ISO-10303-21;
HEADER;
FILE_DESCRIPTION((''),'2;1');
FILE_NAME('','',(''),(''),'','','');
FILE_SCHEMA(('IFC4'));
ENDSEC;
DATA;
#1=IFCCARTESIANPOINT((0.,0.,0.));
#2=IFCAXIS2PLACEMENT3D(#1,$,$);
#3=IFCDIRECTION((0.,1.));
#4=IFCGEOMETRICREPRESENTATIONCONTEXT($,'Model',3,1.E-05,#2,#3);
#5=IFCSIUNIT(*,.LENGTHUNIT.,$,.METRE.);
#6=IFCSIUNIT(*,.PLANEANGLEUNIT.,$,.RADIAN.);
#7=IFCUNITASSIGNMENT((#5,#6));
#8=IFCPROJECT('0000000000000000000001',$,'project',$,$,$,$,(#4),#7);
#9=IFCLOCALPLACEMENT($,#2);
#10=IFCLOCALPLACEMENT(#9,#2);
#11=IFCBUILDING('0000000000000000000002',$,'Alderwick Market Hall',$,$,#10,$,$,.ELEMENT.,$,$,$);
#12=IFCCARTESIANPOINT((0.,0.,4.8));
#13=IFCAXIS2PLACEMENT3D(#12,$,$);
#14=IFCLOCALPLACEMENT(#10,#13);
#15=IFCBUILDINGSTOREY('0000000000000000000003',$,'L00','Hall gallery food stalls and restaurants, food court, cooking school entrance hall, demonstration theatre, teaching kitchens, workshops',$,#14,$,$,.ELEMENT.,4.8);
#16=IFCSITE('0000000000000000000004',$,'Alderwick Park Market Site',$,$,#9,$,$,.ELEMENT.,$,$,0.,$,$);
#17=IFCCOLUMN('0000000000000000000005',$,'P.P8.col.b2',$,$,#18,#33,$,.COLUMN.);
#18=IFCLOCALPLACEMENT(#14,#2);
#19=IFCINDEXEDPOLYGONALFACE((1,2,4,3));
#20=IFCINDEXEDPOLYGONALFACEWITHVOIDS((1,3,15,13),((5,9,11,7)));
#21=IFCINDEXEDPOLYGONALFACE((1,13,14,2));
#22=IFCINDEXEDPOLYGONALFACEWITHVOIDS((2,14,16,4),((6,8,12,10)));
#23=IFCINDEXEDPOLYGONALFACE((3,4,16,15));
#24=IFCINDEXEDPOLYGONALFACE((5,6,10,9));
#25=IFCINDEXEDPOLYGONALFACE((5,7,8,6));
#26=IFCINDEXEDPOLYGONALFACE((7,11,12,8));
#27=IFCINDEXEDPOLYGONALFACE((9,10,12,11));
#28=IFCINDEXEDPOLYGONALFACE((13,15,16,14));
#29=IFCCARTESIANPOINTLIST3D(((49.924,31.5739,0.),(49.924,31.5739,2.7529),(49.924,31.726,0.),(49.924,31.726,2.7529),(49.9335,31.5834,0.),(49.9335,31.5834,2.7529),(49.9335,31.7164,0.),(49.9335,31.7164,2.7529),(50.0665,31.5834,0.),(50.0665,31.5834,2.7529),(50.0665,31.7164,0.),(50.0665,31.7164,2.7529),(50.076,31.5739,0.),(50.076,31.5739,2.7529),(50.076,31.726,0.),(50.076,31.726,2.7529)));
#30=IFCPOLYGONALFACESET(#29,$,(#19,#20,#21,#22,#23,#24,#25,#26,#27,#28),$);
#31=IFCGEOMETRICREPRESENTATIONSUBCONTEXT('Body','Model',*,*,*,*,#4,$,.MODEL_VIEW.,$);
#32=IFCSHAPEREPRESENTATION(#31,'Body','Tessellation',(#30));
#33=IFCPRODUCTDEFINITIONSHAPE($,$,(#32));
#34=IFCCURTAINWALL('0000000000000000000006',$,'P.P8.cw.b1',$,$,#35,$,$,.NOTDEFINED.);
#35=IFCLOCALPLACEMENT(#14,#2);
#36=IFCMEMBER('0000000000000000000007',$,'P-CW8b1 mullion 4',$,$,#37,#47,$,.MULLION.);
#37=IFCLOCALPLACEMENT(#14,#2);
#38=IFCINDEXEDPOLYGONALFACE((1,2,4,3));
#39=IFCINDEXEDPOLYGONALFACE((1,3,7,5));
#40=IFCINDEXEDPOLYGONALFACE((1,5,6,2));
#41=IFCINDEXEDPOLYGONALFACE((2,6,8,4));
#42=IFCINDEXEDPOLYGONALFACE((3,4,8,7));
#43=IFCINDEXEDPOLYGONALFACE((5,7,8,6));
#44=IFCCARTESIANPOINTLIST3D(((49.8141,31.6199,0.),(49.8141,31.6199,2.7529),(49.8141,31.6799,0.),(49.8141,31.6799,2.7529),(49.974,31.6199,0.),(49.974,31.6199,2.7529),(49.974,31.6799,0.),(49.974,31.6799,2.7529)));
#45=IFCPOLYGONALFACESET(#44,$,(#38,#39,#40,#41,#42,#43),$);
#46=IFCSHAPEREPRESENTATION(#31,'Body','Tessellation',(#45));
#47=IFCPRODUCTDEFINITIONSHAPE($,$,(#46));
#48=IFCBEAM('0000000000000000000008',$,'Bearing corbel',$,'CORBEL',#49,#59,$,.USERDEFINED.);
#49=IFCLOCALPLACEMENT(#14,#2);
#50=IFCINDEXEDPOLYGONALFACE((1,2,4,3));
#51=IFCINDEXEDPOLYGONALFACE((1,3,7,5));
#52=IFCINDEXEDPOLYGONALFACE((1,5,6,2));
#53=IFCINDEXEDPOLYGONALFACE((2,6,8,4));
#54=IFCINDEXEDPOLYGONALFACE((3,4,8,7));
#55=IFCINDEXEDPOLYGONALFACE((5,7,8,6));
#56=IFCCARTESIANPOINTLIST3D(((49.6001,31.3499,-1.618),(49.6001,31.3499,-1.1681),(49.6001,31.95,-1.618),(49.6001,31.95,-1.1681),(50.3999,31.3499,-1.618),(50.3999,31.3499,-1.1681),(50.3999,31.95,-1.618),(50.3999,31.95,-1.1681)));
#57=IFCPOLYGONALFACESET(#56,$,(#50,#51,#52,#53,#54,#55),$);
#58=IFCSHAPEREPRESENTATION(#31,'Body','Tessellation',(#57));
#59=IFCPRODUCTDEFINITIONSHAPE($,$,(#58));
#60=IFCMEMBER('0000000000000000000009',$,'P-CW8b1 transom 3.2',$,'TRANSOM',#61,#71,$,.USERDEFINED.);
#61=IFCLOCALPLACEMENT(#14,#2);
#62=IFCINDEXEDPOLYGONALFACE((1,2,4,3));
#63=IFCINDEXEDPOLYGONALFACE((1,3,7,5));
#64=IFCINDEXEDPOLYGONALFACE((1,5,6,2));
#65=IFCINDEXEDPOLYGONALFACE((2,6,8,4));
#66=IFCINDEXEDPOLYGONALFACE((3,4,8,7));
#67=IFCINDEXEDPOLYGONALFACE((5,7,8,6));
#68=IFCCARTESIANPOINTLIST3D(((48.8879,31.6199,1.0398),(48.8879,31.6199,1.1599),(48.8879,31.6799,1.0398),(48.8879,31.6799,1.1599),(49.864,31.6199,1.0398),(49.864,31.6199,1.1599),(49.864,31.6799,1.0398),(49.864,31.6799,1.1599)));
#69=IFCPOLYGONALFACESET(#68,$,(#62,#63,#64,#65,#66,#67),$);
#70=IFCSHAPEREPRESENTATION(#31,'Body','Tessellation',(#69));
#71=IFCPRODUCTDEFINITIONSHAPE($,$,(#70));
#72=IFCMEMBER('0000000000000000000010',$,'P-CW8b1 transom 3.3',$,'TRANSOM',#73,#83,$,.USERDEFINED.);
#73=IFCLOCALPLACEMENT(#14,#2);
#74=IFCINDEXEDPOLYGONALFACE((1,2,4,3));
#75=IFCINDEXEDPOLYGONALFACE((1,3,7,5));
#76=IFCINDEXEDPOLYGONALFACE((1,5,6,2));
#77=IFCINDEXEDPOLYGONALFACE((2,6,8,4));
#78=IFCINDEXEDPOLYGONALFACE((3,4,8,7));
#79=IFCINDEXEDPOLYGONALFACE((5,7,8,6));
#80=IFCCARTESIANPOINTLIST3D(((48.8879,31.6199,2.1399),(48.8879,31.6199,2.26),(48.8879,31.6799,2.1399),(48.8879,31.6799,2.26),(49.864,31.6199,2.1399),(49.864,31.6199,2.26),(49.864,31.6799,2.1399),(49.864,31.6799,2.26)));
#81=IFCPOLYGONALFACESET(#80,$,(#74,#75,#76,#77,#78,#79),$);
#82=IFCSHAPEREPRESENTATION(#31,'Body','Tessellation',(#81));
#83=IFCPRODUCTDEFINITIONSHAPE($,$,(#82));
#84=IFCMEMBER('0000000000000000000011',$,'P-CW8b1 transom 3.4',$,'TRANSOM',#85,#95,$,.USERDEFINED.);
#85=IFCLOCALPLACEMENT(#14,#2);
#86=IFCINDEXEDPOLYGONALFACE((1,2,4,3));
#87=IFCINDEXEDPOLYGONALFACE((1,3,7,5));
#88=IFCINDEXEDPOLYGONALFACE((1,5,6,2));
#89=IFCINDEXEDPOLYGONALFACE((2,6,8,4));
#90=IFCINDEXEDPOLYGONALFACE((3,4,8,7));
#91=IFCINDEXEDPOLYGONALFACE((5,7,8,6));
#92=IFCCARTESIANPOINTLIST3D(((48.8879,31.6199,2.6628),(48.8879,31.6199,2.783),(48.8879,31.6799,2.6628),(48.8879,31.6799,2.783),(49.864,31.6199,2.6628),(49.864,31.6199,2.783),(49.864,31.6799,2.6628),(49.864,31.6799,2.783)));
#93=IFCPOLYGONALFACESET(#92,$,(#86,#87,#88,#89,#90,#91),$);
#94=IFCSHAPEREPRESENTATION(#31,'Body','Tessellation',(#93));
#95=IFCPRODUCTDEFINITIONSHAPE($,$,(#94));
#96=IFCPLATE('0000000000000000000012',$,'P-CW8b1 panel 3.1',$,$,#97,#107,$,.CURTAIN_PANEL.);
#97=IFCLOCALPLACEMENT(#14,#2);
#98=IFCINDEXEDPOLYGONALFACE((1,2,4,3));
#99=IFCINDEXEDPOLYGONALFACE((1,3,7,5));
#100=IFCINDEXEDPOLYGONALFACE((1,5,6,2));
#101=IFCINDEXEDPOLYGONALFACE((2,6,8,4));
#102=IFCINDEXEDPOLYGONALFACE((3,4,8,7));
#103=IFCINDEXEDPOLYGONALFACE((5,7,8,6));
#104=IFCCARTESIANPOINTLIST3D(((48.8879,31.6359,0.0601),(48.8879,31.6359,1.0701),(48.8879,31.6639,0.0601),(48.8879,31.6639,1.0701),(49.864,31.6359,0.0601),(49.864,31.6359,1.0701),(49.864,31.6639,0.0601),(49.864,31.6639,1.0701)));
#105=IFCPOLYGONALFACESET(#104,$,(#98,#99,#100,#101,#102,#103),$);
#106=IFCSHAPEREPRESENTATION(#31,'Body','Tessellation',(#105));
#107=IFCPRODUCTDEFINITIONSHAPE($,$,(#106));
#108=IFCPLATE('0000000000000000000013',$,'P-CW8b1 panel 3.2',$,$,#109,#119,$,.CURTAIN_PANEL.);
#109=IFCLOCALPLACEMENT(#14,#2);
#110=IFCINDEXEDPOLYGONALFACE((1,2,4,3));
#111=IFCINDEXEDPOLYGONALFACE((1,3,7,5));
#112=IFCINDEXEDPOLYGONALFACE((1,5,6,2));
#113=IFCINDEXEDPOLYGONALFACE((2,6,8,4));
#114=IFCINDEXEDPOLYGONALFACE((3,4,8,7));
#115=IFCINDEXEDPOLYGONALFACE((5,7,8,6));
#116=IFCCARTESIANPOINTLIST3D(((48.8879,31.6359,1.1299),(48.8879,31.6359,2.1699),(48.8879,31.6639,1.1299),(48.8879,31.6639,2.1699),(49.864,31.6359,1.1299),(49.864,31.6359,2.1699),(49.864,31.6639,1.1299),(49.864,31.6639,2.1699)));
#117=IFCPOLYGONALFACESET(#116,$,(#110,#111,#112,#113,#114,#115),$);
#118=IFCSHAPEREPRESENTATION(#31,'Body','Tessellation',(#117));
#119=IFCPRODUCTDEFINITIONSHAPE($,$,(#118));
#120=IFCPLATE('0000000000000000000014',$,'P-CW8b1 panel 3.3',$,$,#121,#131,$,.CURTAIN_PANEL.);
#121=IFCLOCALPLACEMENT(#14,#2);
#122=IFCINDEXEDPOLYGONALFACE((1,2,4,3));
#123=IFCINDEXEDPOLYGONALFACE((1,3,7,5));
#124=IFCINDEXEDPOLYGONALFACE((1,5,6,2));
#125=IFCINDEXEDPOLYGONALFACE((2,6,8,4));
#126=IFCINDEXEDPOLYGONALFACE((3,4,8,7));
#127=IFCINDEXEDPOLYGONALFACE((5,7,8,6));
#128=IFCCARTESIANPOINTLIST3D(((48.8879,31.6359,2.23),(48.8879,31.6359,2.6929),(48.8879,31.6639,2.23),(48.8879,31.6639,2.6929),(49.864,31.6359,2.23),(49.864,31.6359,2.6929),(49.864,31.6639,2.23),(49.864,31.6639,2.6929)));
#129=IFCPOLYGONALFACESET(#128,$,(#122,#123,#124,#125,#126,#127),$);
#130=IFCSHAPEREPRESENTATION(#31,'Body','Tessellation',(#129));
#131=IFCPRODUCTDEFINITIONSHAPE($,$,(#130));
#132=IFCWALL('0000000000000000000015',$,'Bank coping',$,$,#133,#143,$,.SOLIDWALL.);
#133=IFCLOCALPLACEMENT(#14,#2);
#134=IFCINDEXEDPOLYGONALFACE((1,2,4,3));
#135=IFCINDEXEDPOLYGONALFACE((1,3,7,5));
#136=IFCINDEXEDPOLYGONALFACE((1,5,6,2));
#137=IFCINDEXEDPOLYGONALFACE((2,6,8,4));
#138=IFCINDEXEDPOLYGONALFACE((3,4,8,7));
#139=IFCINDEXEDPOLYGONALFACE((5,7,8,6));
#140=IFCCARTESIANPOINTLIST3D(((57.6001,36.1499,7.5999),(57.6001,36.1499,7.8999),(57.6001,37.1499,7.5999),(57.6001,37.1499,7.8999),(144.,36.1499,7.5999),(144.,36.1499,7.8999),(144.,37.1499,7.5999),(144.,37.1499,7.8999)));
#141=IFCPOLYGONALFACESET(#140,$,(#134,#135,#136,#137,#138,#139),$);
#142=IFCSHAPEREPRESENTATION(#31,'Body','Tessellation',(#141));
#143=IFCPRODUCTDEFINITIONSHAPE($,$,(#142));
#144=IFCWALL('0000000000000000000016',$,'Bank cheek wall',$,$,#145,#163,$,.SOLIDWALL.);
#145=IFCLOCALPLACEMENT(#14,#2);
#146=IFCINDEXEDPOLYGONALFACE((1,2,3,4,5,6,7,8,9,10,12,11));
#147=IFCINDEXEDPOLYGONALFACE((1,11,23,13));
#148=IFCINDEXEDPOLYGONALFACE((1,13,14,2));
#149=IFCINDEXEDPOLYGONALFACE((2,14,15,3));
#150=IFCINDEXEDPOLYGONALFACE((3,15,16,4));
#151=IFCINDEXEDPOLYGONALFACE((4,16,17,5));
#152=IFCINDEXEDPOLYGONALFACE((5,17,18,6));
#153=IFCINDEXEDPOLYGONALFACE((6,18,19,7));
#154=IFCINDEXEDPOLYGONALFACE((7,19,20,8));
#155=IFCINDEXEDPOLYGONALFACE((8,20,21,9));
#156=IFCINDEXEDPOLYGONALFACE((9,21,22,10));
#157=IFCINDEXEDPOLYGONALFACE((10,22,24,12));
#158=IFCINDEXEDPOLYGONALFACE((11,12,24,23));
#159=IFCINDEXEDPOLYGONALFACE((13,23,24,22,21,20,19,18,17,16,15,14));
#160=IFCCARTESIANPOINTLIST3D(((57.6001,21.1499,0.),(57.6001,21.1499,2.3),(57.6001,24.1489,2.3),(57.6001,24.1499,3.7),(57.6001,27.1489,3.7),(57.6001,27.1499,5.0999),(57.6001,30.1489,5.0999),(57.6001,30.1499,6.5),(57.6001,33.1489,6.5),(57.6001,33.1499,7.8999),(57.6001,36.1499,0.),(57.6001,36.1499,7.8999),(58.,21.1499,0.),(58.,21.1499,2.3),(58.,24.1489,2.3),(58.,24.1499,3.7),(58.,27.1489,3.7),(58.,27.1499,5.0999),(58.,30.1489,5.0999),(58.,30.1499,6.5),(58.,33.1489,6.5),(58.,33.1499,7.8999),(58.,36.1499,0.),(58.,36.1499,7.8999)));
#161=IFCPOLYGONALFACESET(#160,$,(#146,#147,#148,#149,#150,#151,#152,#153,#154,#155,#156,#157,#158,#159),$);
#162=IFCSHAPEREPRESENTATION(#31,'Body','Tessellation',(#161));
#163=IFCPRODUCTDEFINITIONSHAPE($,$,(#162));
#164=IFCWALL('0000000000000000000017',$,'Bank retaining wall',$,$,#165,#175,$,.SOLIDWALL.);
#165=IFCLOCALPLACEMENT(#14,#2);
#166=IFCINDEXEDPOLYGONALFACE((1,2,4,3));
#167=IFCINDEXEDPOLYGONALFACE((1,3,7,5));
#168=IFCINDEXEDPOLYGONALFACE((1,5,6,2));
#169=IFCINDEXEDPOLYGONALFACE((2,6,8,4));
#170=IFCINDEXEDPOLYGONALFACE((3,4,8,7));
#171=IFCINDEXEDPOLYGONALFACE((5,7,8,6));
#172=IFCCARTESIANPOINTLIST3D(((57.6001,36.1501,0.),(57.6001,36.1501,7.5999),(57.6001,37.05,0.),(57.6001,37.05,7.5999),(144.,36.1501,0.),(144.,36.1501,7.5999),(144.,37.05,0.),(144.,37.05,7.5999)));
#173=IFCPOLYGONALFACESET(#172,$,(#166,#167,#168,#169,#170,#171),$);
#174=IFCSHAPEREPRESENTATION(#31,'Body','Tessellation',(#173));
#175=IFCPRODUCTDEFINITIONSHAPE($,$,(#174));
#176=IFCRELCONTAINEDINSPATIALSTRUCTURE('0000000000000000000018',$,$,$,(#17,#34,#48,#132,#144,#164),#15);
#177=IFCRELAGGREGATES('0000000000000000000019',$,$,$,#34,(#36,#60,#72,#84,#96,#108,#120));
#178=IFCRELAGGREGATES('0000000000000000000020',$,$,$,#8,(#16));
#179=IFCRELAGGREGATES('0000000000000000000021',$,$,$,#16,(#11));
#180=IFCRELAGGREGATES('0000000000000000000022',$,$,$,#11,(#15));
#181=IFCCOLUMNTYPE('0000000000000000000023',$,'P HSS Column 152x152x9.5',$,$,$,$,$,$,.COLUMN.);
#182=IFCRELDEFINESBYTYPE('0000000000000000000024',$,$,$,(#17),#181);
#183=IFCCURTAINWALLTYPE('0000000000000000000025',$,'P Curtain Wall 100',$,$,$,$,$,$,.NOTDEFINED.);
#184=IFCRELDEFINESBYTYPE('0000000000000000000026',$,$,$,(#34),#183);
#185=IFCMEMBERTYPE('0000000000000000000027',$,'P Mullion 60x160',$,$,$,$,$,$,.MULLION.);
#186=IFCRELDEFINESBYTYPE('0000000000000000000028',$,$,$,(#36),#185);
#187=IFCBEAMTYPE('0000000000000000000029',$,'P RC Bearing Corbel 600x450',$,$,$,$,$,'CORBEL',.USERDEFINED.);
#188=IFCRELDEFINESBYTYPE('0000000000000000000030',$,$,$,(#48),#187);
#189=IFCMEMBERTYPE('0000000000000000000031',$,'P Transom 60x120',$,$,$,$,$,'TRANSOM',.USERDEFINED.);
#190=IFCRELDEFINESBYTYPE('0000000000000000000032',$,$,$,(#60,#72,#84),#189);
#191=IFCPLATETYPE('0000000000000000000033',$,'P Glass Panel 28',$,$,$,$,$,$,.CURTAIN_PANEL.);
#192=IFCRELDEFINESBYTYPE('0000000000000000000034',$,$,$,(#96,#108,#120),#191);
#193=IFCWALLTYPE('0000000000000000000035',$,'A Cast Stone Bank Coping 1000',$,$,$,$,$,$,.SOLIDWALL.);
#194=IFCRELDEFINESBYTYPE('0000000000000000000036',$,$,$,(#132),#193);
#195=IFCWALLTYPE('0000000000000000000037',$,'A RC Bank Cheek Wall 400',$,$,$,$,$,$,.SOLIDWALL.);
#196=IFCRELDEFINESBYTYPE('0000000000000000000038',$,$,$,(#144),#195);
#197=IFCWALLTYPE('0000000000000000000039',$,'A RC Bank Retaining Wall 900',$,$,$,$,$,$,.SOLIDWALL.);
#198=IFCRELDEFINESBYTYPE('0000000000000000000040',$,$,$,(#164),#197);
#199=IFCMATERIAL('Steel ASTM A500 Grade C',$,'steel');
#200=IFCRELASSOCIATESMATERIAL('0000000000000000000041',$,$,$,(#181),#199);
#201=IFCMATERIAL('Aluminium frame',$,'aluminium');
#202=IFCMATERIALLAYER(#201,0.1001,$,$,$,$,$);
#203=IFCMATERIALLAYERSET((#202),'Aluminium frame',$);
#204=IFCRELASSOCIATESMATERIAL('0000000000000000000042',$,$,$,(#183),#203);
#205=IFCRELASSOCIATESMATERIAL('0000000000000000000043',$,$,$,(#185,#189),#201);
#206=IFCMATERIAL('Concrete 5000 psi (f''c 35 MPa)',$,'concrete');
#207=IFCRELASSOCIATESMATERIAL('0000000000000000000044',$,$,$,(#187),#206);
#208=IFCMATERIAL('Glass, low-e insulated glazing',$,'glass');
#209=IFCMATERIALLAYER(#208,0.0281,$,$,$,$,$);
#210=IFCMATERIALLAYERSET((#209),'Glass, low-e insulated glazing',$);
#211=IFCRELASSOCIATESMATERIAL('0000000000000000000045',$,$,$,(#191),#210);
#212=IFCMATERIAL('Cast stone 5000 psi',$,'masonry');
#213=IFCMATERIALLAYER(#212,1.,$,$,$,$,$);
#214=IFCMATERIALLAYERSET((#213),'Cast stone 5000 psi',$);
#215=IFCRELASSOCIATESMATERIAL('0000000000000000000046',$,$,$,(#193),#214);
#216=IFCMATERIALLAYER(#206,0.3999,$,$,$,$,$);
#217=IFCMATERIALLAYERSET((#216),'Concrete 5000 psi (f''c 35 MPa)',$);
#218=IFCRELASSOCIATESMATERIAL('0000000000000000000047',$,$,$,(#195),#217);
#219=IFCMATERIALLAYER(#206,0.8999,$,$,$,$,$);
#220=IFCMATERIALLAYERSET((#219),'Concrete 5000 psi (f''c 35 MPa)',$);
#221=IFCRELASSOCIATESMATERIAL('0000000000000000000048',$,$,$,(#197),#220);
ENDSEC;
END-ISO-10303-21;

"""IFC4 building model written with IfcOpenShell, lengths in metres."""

from ifc_helpers import new_model, si_unit, direction, frame, frame_2d, origin, origin_2d, place, context, subcontext, project, spatial, polyline, rectangle, hollow_rectangle, outline, extrude, material, layer, layer_set, material_profile, profile_set, type_object, element, aggregate, save


model = new_model("IFC4")

# Units and contexts
model_context = context("Model", 3, precision=1e-05, world=origin(), true_north=direction((0.0, 1.0)))
body_context = subcontext(model_context, "Body", "Model", "MODEL_VIEW")
ifc_project = project(units=[si_unit("LENGTHUNIT", "METRE"), si_unit("PLANEANGLEUNIT", "RADIAN")], contexts=[model_context])

# Site, building, storey
site_placement = place(None, origin())
site = spatial("IfcSite", under=ifc_project, at=site_placement, Name="Alderwick Park Market Site", CompositionType="ELEMENT", RefElevation=0.0)
building_placement = place(site_placement, origin())
building = spatial("IfcBuilding", under=site, at=building_placement, Name="Alderwick Market Hall", CompositionType="ELEMENT")
storey_placement = place(building_placement, frame((0.0, 0.0, 4.8)))
storey = spatial("IfcBuildingStorey", under=building, at=storey_placement, Name="L00", Description="Hall gallery food stalls and restaurants, food court, cooking school entrance hall, demonstration theatre, teaching kitchens, workshops", CompositionType="ELEMENT", Elevation=4.8)

# Column
ifc_material_1 = material(Name="Steel ASTM A500 Grade C", Category="steel")
ifc_material_profile_1 = material_profile(ifc_material_1, hollow_rectangle(XDim=0.1521, YDim=0.1521, WallThickness=0.0095, at=origin_2d()), Name="HSS152x152x9.5")
ifc_profile_set_1 = profile_set([ifc_material_profile_1], Name="Steel ASTM A500 Grade C")
column_type = type_object("IfcColumnType", Name="P HSS Column 152x152x9.5", PredefinedType="COLUMN", material=ifc_profile_set_1)
column_placement = place(storey_placement, frame((50.0, 31.6499, 0.0), z_axis=(0.0, 0.0, 1.0), x_axis=(1.0, 0.0, 0.0)))
element("IfcColumn", 1, at=column_placement, inside=storey, type_object=column_type, Name="P.P8.col.b2", PredefinedType="COLUMN", context=body_context, shape_type="SweptSolid", body=[
    extrude(hollow_rectangle(XDim=0.1521, YDim=0.1521, WallThickness=0.0095, at=origin_2d()), origin(), (0.0, 0.0, 1.0), 2.7529),
])

# Curtain wall, member
ifc_material_2 = material(Name="Aluminium frame", Category="aluminium")
ifc_layer_1 = layer(ifc_material_2, 0.1001)
ifc_layer_set_1 = layer_set([ifc_layer_1], Name="Aluminium frame")
curtain_wall_type = type_object("IfcCurtainWallType", Name="P Curtain Wall 100", PredefinedType="NOTDEFINED", material=ifc_layer_set_1)
curtain_wall_placement = place(storey_placement, origin())
curtain_wall = element("IfcCurtainWall", 2, at=curtain_wall_placement, inside=storey, type_object=curtain_wall_type, Name="P.P8.cw.b1", PredefinedType="NOTDEFINED")
ifc_material_profile_2 = material_profile(ifc_material_2, rectangle(XDim=0.0601, YDim=0.1599, at=origin_2d()), Name="P Mullion 60x160")
ifc_profile_set_2 = profile_set([ifc_material_profile_2], Name="Aluminium frame")
member_type_1 = type_object("IfcMemberType", Name="P Mullion 60x160", PredefinedType="MULLION", material=ifc_profile_set_2)
member_1_placement = place(storey_placement, frame((49.894, 31.6499, 0.0), z_axis=(0.0, 0.0, 1.0), x_axis=(0.0, 1.0, 0.0)))
member_1 = element("IfcMember", 3, at=member_1_placement, type_object=member_type_1, Name="P-CW8b1 mullion 4", PredefinedType="MULLION", context=body_context, shape_type="SweptSolid", body=[
    extrude(rectangle(XDim=0.0601, YDim=0.1599, at=origin_2d()), origin(), (0.0, 0.0, 1.0), 2.7529),
])

# Beam
ifc_material_3 = material(Name="Concrete 5000 psi (f'c 35 MPa)", Category="concrete")
ifc_material_profile_3 = material_profile(ifc_material_3, rectangle(XDim=0.6001, YDim=0.45, at=origin_2d()), Name="P RC Bearing Corbel 600x450")
ifc_profile_set_3 = profile_set([ifc_material_profile_3], Name="Concrete 5000 psi (f'c 35 MPa)")
beam_type = type_object("IfcBeamType", Name="P RC Bearing Corbel 600x450", ElementType="CORBEL", PredefinedType="USERDEFINED", material=ifc_profile_set_3)
beam_placement = place(storey_placement, frame((49.6001, 31.6499, -1.3931), z_axis=(1.0, 0.0, 0.0), x_axis=(0.0, 1.0, 0.0)))
element("IfcBeam", 4, at=beam_placement, inside=storey, type_object=beam_type, Name="Bearing corbel", ObjectType="CORBEL", PredefinedType="USERDEFINED", context=body_context, shape_type="SweptSolid", body=[
    extrude(rectangle(XDim=0.6001, YDim=0.45, at=origin_2d()), origin(), (0.0, 0.0, 1.0), 0.7998),
])

# Members
ifc_material_profile_4 = material_profile(ifc_material_2, rectangle(XDim=0.0601, YDim=0.1201, at=origin_2d()), Name="P Transom 60x120")
ifc_profile_set_4 = profile_set([ifc_material_profile_4], Name="Aluminium frame")
member_type_2 = type_object("IfcMemberType", Name="P Transom 60x120", ElementType="TRANSOM", PredefinedType="USERDEFINED", material=ifc_profile_set_4)
member_2_placement = place(storey_placement, frame((48.8879, 31.6499, 1.0999), z_axis=(1.0, 0.0, 0.0), x_axis=(0.0, 1.0, 0.0)))
member_2 = element("IfcMember", 5, at=member_2_placement, type_object=member_type_2, Name="P-CW8b1 transom 3.2", ObjectType="TRANSOM", PredefinedType="USERDEFINED", context=body_context, shape_type="SweptSolid", body=[
    extrude(rectangle(XDim=0.0601, YDim=0.1201, at=origin_2d()), origin(), (0.0, 0.0, 1.0), 0.9761),
])
member_3_placement = place(storey_placement, frame((48.8879, 31.6499, 2.2), z_axis=(1.0, 0.0, 0.0), x_axis=(0.0, 1.0, 0.0)))
member_3 = element("IfcMember", 6, at=member_3_placement, type_object=member_type_2, Name="P-CW8b1 transom 3.3", ObjectType="TRANSOM", PredefinedType="USERDEFINED", context=body_context, shape_type="SweptSolid", body=[
    extrude(rectangle(XDim=0.0601, YDim=0.1201, at=origin_2d()), origin(), (0.0, 0.0, 1.0), 0.9761),
])
member_4_placement = place(storey_placement, frame((48.8879, 31.6499, 2.7229), z_axis=(1.0, 0.0, 0.0), x_axis=(0.0, 1.0, 0.0)))
member_4 = element("IfcMember", 7, at=member_4_placement, type_object=member_type_2, Name="P-CW8b1 transom 3.4", ObjectType="TRANSOM", PredefinedType="USERDEFINED", context=body_context, shape_type="SweptSolid", body=[
    extrude(rectangle(XDim=0.0601, YDim=0.1201, at=origin_2d()), origin(), (0.0, 0.0, 1.0), 0.9761),
])

# Plates
ifc_material_4 = material(Name="Glass, low-e insulated glazing", Category="glass")
ifc_layer_2 = layer(ifc_material_4, 0.0281)
ifc_layer_set_2 = layer_set([ifc_layer_2], Name="Glass, low-e insulated glazing")
plate_type = type_object("IfcPlateType", Name="P Glass Panel 28", PredefinedType="CURTAIN_PANEL", material=ifc_layer_set_2)
plate_1_placement = place(storey_placement, frame((49.376, 31.6499, 0.0601), z_axis=(0.0, 0.0, 1.0), x_axis=(1.0, 0.0, 0.0)))
plate_1 = element("IfcPlate", 8, at=plate_1_placement, type_object=plate_type, Name="P-CW8b1 panel 3.1", PredefinedType="CURTAIN_PANEL", context=body_context, shape_type="SweptSolid", body=[
    extrude(rectangle(XDim=0.9761, YDim=0.0281, at=origin_2d()), origin(), (0.0, 0.0, 1.0), 1.01),
])
plate_2_placement = place(storey_placement, frame((49.376, 31.6499, 1.1299), z_axis=(0.0, 0.0, 1.0), x_axis=(1.0, 0.0, 0.0)))
plate_2 = element("IfcPlate", 9, at=plate_2_placement, type_object=plate_type, Name="P-CW8b1 panel 3.2", PredefinedType="CURTAIN_PANEL", context=body_context, shape_type="SweptSolid", body=[
    extrude(rectangle(XDim=0.9761, YDim=0.0281, at=origin_2d()), origin(), (0.0, 0.0, 1.0), 1.04),
])
plate_3_placement = place(storey_placement, frame((49.376, 31.6499, 2.23), z_axis=(0.0, 0.0, 1.0), x_axis=(1.0, 0.0, 0.0)))
plate_3 = element("IfcPlate", 10, at=plate_3_placement, type_object=plate_type, Name="P-CW8b1 panel 3.3", PredefinedType="CURTAIN_PANEL", context=body_context, shape_type="SweptSolid", body=[
    extrude(rectangle(XDim=0.9761, YDim=0.0281, at=origin_2d()), origin(), (0.0, 0.0, 1.0), 0.4629),
])
aggregate(curtain_wall, [member_1, member_2, member_3, member_4, plate_1, plate_2, plate_3])

# Walls
ifc_material_5 = material(Name="Cast stone 5000 psi", Category="masonry")
ifc_layer_3 = layer(ifc_material_5, 1.0)
ifc_layer_set_3 = layer_set([ifc_layer_3], Name="Cast stone 5000 psi")
wall_type_1 = type_object("IfcWallType", Name="A Cast Stone Bank Coping 1000", PredefinedType="SOLIDWALL", material=ifc_layer_set_3)
wall_1_placement = place(storey_placement, frame((57.6001, 36.6499, 7.5999), z_axis=(0.0, 0.0, 1.0), x_axis=(1.0, 0.0, 0.0)))
element("IfcWall", 11, at=wall_1_placement, inside=storey, type_object=wall_type_1, Name="Bank coping", PredefinedType="SOLIDWALL", context=body_context, shape_type="SweptSolid", body=[
    extrude(rectangle(XDim=86.3999, YDim=1.0, at=frame_2d((43.2, 0.0))), origin(), (0.0, 0.0, 1.0), 0.3),
])
ifc_layer_4 = layer(ifc_material_3, 0.3999)
ifc_layer_set_4 = layer_set([ifc_layer_4], Name="Concrete 5000 psi (f'c 35 MPa)")
wall_type_2 = type_object("IfcWallType", Name="A RC Bank Cheek Wall 400", PredefinedType="SOLIDWALL", material=ifc_layer_set_4)
wall_2_placement = place(storey_placement, frame((57.8, 36.1499, 0.0), z_axis=(0.0, 0.0, 1.0), x_axis=(0.0, -1.0, 0.0)))
element("IfcWall", 12, at=wall_2_placement, inside=storey, type_object=wall_type_2, Name="Bank cheek wall", PredefinedType="SOLIDWALL", context=body_context, shape_type="SweptSolid", body=[
    extrude(outline(polyline([(0.0, 0.0), (15.0, 0.0), (15.0, 2.3), (12.001, 2.3), (12.0, 3.7), (9.001, 3.7), (9.0, 5.0999), (6.001, 5.0999), (6.0, 6.5), (3.001, 6.5), (3.0, 7.8999), (0.0, 7.8999), (0.0, 0.0)])), frame((0.0, 0.2, 0.0), z_axis=(0.0, -1.0, 0.0), x_axis=(1.0, 0.0, 0.0)), (0.0, 0.0, 1.0), 0.3999),
])
ifc_layer_5 = layer(ifc_material_3, 0.8999)
ifc_layer_set_5 = layer_set([ifc_layer_5], Name="Concrete 5000 psi (f'c 35 MPa)")
wall_type_3 = type_object("IfcWallType", Name="A RC Bank Retaining Wall 900", PredefinedType="SOLIDWALL", material=ifc_layer_set_5)
wall_3_placement = place(storey_placement, frame((57.6001, 36.6001, 0.0), z_axis=(0.0, 0.0, 1.0), x_axis=(1.0, 0.0, 0.0)))
element("IfcWall", 13, at=wall_3_placement, inside=storey, type_object=wall_type_3, Name="Bank retaining wall", PredefinedType="SOLIDWALL", context=body_context, shape_type="SweptSolid", body=[
    extrude(rectangle(XDim=86.3999, YDim=0.8999, at=frame_2d((43.2, 0.0))), origin(), (0.0, 0.0, 1.0), 7.5999),
])

save(model, "model.ifc")
